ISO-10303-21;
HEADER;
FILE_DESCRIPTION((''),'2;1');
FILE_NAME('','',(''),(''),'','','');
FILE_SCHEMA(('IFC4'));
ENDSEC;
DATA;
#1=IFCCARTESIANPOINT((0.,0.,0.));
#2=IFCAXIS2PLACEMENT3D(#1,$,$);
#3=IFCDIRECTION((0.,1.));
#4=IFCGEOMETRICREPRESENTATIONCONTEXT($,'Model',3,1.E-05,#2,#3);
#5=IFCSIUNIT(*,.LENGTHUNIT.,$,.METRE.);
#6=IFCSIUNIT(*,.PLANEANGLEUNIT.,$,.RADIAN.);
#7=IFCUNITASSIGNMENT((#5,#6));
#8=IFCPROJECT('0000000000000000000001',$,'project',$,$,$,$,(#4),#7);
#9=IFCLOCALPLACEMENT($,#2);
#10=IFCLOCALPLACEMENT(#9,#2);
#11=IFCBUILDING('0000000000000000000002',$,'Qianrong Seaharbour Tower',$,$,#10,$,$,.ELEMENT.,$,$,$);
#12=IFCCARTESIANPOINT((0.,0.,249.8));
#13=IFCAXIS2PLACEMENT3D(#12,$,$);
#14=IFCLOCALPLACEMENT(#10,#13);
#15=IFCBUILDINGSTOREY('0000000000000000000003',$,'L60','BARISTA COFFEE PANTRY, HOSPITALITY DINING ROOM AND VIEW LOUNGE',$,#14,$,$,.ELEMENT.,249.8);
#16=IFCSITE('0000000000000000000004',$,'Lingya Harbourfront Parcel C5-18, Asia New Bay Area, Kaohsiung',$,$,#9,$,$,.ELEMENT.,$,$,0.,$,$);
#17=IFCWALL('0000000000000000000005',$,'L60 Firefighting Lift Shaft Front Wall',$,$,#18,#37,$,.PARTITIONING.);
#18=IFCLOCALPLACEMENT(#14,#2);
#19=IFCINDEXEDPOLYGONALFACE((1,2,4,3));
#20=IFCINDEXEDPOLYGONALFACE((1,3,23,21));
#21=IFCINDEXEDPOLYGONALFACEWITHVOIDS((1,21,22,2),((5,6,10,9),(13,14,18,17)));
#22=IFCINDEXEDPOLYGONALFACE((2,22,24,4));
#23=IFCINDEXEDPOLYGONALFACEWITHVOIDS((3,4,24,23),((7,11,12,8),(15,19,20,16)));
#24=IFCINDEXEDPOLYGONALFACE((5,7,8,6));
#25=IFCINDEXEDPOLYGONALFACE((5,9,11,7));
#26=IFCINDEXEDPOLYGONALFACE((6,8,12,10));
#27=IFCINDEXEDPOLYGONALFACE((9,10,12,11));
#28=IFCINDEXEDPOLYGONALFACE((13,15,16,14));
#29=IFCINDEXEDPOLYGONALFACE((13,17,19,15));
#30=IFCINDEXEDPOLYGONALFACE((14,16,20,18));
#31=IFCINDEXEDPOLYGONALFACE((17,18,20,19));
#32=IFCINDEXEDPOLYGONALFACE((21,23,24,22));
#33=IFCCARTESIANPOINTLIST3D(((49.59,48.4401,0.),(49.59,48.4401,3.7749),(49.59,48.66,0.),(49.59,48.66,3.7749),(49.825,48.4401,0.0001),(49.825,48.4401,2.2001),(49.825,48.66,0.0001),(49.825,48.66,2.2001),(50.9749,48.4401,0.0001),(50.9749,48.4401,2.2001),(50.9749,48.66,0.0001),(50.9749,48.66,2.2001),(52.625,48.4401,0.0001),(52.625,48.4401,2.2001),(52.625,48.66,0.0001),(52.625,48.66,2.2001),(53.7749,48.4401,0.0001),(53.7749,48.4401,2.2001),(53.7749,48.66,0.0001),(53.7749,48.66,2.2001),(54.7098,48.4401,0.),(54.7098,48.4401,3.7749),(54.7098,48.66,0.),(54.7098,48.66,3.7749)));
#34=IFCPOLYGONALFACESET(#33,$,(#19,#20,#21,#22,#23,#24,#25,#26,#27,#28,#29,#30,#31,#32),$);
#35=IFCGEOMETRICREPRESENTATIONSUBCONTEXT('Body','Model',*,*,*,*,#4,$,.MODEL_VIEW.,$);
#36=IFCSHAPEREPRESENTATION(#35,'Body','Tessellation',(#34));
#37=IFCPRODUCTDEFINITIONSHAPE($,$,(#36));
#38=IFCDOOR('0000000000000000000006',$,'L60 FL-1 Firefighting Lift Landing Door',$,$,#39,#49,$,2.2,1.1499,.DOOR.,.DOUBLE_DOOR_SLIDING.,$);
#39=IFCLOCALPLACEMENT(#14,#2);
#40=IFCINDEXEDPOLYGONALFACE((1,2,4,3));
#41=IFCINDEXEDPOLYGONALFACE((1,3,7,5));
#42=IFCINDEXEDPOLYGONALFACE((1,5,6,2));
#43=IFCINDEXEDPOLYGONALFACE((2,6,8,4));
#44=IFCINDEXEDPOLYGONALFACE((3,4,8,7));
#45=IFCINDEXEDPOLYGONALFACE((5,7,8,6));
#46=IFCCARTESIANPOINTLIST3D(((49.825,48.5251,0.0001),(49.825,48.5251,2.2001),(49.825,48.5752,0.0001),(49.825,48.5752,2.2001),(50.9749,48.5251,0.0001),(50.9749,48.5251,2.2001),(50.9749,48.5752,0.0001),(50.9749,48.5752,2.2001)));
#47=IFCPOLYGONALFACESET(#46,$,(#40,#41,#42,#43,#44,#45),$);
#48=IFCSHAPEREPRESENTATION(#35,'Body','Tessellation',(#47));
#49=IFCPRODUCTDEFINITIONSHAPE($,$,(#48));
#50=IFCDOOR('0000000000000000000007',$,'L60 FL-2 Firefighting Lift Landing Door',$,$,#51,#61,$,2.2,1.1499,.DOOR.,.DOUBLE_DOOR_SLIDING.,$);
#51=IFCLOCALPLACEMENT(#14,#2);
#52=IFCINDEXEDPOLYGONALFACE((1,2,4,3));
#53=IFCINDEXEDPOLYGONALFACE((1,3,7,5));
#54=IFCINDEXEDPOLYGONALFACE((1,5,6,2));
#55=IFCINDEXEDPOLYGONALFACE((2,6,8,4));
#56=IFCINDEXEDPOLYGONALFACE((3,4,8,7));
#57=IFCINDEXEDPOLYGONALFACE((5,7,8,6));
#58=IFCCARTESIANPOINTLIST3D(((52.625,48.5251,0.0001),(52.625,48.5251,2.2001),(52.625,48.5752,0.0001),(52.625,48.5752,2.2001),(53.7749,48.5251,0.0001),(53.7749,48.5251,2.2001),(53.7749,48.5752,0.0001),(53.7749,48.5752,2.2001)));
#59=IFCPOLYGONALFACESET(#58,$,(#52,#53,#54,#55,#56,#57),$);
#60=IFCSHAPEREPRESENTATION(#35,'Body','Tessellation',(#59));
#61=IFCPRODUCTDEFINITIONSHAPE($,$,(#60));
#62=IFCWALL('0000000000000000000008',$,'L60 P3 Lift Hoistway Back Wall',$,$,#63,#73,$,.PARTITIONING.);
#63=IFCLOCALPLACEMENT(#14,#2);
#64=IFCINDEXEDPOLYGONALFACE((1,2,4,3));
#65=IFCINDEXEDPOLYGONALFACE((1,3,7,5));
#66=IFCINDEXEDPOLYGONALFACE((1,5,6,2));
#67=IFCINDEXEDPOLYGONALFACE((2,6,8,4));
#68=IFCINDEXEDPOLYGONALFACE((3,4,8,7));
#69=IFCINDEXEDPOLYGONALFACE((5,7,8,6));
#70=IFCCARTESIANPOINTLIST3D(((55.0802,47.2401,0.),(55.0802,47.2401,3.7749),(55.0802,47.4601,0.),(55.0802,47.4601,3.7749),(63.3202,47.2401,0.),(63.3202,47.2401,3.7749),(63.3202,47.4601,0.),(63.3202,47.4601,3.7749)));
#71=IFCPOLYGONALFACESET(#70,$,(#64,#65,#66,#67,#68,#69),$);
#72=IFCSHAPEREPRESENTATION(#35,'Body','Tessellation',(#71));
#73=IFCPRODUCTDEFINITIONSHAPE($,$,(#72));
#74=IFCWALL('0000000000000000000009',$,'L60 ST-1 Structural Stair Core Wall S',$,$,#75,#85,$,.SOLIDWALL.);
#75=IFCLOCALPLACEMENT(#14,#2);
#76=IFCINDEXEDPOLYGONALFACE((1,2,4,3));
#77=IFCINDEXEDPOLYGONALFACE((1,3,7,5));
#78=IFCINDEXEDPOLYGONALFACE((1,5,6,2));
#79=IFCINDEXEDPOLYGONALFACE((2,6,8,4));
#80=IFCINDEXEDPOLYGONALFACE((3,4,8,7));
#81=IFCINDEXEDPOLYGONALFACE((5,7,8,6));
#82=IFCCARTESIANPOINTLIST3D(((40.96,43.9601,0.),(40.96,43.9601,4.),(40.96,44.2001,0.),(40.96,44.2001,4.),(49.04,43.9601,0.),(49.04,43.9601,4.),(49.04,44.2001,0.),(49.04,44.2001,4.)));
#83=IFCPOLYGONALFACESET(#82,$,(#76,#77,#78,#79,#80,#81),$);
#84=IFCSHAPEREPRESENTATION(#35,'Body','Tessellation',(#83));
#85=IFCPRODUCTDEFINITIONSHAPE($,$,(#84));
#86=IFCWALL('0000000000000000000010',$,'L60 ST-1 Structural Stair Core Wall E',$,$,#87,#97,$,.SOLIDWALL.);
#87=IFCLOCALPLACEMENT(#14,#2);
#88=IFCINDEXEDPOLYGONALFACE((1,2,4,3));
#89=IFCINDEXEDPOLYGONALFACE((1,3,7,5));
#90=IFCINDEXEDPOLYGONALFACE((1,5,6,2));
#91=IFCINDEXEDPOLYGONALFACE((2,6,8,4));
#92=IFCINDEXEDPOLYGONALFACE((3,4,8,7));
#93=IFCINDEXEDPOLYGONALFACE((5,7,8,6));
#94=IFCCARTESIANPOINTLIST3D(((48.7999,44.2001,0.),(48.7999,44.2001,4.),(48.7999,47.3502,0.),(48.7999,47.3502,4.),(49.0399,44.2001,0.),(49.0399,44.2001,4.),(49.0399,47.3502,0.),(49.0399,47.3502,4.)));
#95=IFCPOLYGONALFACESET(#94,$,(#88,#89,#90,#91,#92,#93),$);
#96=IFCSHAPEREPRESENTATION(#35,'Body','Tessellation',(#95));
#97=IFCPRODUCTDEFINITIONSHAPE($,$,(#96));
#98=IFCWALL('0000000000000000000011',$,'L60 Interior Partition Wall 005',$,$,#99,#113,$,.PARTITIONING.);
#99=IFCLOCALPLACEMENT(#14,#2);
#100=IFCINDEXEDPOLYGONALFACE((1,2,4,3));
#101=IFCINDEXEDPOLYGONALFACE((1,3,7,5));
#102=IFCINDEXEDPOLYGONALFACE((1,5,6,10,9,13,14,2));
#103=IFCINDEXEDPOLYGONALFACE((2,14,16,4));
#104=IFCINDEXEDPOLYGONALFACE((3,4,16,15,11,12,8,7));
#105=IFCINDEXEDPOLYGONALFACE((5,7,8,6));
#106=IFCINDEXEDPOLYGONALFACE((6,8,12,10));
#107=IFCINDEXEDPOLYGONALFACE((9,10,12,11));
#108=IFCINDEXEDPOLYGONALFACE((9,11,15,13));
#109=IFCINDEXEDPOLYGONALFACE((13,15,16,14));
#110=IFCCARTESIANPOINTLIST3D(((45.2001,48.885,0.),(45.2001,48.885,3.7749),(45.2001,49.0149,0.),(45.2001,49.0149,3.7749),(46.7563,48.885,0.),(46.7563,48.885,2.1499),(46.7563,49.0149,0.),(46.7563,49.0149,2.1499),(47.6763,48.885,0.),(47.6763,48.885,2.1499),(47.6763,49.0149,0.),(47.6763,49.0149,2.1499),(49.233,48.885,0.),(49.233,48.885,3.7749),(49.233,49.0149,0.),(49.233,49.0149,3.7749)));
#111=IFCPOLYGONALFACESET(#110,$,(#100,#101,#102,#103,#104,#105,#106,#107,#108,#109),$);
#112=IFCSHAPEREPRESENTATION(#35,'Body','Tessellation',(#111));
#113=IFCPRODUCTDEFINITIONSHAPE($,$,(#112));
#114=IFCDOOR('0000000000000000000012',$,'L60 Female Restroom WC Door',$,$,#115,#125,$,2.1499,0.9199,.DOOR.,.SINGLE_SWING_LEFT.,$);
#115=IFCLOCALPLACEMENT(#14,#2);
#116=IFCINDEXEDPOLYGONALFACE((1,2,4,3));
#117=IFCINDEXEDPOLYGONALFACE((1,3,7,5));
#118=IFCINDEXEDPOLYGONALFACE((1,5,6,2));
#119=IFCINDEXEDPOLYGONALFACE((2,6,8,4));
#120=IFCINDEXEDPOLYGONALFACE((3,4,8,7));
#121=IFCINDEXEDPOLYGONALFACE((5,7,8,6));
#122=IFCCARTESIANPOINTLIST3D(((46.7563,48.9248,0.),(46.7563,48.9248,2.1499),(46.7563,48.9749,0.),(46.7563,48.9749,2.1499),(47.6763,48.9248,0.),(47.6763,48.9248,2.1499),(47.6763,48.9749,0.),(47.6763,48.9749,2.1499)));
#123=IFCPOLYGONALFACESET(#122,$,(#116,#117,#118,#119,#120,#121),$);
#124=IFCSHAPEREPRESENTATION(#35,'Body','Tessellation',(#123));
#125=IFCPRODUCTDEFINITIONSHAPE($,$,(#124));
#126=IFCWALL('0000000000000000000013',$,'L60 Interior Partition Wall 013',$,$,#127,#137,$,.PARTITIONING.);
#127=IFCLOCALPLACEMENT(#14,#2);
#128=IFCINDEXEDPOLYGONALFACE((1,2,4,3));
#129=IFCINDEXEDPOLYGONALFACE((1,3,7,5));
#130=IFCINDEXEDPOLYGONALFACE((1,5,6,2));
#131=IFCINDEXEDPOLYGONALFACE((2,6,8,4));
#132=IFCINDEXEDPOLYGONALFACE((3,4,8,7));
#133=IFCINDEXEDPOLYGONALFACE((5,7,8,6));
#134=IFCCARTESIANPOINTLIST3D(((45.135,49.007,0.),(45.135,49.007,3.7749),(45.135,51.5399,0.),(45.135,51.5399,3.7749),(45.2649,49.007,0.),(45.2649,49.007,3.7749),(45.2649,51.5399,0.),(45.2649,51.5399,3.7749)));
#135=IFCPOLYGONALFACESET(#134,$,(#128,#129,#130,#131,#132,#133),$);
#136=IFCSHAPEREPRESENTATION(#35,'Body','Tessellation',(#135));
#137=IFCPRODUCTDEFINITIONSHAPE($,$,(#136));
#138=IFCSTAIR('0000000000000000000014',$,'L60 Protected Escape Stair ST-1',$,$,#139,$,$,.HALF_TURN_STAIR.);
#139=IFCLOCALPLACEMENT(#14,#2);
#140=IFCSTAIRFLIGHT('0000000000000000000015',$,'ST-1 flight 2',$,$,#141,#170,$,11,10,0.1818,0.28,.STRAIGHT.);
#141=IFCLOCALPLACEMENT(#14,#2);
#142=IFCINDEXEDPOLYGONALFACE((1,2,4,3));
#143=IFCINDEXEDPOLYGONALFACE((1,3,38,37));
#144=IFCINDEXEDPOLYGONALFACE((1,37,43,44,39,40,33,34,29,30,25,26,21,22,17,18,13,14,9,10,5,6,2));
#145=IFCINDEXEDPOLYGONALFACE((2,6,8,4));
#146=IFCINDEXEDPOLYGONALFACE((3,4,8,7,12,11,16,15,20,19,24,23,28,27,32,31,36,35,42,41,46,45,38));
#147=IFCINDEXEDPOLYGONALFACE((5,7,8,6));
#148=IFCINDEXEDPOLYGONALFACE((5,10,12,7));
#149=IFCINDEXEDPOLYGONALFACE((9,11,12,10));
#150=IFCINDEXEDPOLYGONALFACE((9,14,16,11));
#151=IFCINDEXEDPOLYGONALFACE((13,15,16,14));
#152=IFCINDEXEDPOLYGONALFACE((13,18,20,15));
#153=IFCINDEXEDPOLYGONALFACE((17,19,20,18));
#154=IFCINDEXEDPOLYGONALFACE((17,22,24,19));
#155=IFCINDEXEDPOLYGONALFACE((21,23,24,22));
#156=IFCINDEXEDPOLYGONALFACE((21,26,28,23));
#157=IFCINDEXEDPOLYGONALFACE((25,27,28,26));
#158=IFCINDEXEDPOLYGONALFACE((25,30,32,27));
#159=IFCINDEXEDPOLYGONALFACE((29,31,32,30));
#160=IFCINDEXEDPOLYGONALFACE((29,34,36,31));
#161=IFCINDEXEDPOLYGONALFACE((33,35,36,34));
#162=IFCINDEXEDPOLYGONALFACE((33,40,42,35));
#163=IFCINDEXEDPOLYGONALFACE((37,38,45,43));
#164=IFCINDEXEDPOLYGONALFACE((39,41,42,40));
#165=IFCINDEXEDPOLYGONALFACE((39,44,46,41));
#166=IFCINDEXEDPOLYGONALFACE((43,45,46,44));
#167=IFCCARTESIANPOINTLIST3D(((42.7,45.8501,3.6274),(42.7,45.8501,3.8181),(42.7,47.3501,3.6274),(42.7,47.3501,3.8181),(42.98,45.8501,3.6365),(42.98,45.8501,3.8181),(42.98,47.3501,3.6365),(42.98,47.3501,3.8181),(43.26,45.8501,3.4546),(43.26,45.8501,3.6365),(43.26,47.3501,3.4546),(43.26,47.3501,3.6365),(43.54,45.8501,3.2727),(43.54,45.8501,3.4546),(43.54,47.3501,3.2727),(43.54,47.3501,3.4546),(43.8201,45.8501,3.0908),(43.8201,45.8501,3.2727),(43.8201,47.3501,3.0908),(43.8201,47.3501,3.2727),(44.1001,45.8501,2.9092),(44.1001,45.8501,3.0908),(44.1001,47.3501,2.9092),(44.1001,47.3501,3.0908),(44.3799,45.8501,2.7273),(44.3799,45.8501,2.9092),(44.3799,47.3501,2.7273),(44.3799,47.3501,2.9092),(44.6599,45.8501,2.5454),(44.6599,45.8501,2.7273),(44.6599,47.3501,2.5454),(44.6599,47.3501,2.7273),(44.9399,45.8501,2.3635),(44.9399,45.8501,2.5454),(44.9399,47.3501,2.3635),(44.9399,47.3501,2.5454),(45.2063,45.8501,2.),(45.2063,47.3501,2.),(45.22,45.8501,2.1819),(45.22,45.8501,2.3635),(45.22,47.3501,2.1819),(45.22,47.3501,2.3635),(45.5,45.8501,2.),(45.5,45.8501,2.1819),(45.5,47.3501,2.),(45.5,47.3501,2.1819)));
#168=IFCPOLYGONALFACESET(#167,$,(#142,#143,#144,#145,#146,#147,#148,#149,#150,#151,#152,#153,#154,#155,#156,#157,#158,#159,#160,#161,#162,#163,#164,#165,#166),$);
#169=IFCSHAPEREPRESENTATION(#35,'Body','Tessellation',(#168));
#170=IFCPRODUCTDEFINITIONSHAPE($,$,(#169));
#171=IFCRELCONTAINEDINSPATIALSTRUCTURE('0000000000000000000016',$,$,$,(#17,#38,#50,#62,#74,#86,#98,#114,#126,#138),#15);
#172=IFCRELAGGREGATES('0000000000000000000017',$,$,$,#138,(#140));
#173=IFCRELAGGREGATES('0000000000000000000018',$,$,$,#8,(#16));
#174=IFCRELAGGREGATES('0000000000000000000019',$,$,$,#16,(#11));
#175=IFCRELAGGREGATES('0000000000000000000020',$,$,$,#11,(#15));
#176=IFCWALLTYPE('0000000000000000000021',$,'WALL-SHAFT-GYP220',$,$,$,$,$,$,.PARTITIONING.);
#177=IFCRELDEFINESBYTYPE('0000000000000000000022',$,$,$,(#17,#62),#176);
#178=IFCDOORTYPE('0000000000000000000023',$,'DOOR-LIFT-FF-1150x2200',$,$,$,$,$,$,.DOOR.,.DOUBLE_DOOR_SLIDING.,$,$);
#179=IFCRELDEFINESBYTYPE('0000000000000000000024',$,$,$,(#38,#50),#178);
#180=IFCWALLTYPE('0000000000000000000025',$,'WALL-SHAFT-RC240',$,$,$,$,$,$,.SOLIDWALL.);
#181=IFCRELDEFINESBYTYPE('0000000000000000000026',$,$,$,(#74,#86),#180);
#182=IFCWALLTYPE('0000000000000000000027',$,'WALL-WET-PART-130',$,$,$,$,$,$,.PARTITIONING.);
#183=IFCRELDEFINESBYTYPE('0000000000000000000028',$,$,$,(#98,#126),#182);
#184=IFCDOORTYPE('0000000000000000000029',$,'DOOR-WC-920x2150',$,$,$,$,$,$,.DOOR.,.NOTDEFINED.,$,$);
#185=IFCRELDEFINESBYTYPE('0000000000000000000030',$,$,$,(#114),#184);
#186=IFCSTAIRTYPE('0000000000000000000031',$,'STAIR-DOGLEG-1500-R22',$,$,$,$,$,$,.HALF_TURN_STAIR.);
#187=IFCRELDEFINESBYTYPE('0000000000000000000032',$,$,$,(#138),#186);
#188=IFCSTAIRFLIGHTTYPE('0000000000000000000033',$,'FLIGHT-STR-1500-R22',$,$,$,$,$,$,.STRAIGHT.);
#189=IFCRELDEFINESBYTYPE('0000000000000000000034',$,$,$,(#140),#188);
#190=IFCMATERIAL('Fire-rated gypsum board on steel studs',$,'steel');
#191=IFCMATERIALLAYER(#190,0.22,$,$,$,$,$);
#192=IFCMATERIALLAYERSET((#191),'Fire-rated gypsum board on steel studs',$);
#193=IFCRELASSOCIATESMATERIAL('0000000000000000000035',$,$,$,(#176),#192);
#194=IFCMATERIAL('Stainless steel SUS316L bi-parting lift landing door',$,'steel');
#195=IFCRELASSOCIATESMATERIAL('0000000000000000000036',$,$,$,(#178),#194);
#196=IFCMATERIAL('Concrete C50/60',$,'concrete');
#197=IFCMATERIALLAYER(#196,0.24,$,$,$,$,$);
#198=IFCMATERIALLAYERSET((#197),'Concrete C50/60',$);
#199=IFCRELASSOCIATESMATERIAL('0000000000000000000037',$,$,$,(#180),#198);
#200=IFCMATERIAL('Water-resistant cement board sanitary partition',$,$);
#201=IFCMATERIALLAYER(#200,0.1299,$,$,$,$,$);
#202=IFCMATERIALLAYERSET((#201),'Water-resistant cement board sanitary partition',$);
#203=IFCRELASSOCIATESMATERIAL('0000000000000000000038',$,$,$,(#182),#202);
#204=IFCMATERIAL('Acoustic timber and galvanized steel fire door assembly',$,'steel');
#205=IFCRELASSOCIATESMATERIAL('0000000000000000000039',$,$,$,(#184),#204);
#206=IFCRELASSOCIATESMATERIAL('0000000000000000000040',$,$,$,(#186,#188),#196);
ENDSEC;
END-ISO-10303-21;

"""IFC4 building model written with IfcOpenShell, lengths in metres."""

from ifc_helpers import new_model, si_unit, direction, frame, frame_2d, origin, place, context, subcontext, project, spatial, polyline, rectangle, outline, extrude, material, layer, layer_set, type_object, element, fill, aggregate, save


model = new_model("IFC4")

# Units and contexts
model_context = context("Model", 3, precision=1e-05, world=origin(), true_north=direction((0.0, 1.0)))
body_context = subcontext(model_context, "Body", "Model", "MODEL_VIEW")
ifc_project = project(units=[si_unit("LENGTHUNIT", "METRE"), si_unit("PLANEANGLEUNIT", "RADIAN")], contexts=[model_context])

# Site, building, storey
site_placement = place(None, origin())
site = spatial("IfcSite", under=ifc_project, at=site_placement, Name="Lingya Harbourfront Parcel C5-18, Asia New Bay Area, Kaohsiung", CompositionType="ELEMENT", RefElevation=0.0)
building_placement = place(site_placement, origin())
building = spatial("IfcBuilding", under=site, at=building_placement, Name="Qianrong Seaharbour Tower", CompositionType="ELEMENT")
storey_placement = place(building_placement, frame((0.0, 0.0, 249.8)))
storey = spatial("IfcBuildingStorey", under=building, at=storey_placement, Name="L60", Description="BARISTA COFFEE PANTRY, HOSPITALITY DINING ROOM AND VIEW LOUNGE", CompositionType="ELEMENT", Elevation=249.8)

# Shared definitions
ifc_material_1 = material(Name="Concrete C50/60", Category="concrete")

# Shared definitions
ifc_material_2 = material(Name="Acoustic timber and galvanized steel fire door assembly", Category="steel")

# Shared definitions
ifc_material_3 = material(Name="Fire-rated gypsum board on steel studs", Category="steel")

# Wall, openings, doors
ifc_layer_1 = layer(ifc_material_3, 0.22)
ifc_layer_set_1 = layer_set([ifc_layer_1], Name="Fire-rated gypsum board on steel studs")
wall_type_1 = type_object("IfcWallType", Name="WALL-SHAFT-GYP220", PredefinedType="PARTITIONING", material=ifc_layer_set_1)
wall_1_placement = place(storey_placement, frame((54.71, 48.55, 0.0), z_axis=(0.0, 0.0, 1.0), x_axis=(-1.0, 0.0, 0.0)))
wall_1 = element("IfcWall", 1, at=wall_1_placement, inside=storey, type_object=wall_type_1, Name="L60 Firefighting Lift Shaft Front Wall", PredefinedType="PARTITIONING", context=body_context, shape_type="SweptSolid", body=[
    extrude(rectangle(XDim=5.1199, YDim=0.22, at=frame_2d((2.5601, 0.0))), origin(), (0.0, 0.0, 1.0), 3.7749),
])
opening_1_placement = place(wall_1_placement, frame((3.7351, 0.0, 0.0)))
opening_1 = element("IfcOpeningElement", 2, at=opening_1_placement, cuts=wall_1, PredefinedType="OPENING", context=body_context, shape_type="SweptSolid", body=[
    extrude(rectangle(XDim=1.1499, YDim=2.2, at=frame_2d((0.575, 1.1001))), frame((0.0, 0.1201, 0.0), z_axis=(0.0, -1.0, 0.0), x_axis=(1.0, 0.0, 0.0)), (0.0, 0.0, 1.0), 0.24),
])
opening_2_placement = place(wall_1_placement, frame((0.9351, 0.0, 0.0)))
opening_2 = element("IfcOpeningElement", 3, at=opening_2_placement, cuts=wall_1, PredefinedType="OPENING", context=body_context, shape_type="SweptSolid", body=[
    extrude(rectangle(XDim=1.1499, YDim=2.2, at=frame_2d((0.575, 1.1001))), frame((0.0, 0.1201, 0.0), z_axis=(0.0, -1.0, 0.0), x_axis=(1.0, 0.0, 0.0)), (0.0, 0.0, 1.0), 0.24),
])
ifc_material_4 = material(Name="Stainless steel SUS316L bi-parting lift landing door", Category="steel")
door_type_1 = type_object("IfcDoorType", Name="DOOR-LIFT-FF-1150x2200", OperationType="DOUBLE_DOOR_SLIDING", PredefinedType="DOOR", material=ifc_material_4)
door_1_placement = place(opening_1_placement, origin())
door_1 = element("IfcDoor", 4, at=door_1_placement, inside=storey, type_object=door_type_1, Name="L60 FL-1 Firefighting Lift Landing Door", OperationType="DOUBLE_DOOR_SLIDING", OverallHeight=2.2, OverallWidth=1.1499, PredefinedType="DOOR", context=body_context, shape_type="SweptSolid", body=[
    extrude(rectangle(XDim=1.1499, YDim=2.2, at=frame_2d((0.575, 1.1001))), frame((0.0, 0.0249, 0.0), z_axis=(0.0, -1.0, 0.0), x_axis=(1.0, 0.0, 0.0)), (0.0, 0.0, 1.0), 0.05),
])
fill(opening_1, door_1)
door_2_placement = place(opening_2_placement, origin())
door_2 = element("IfcDoor", 5, at=door_2_placement, inside=storey, type_object=door_type_1, Name="L60 FL-2 Firefighting Lift Landing Door", OperationType="DOUBLE_DOOR_SLIDING", OverallHeight=2.2, OverallWidth=1.1499, PredefinedType="DOOR", context=body_context, shape_type="SweptSolid", body=[
    extrude(rectangle(XDim=1.1499, YDim=2.2, at=frame_2d((0.575, 1.1001))), frame((0.0, 0.0249, 0.0), z_axis=(0.0, -1.0, 0.0), x_axis=(1.0, 0.0, 0.0)), (0.0, 0.0, 1.0), 0.05),
])
fill(opening_2, door_2)

# Walls
wall_2_placement = place(storey_placement, frame((55.0801, 47.3501, 0.0), z_axis=(0.0, 0.0, 1.0), x_axis=(1.0, 0.0, 0.0)))
element("IfcWall", 6, at=wall_2_placement, inside=storey, type_object=wall_type_1, Name="L60 P3 Lift Hoistway Back Wall", PredefinedType="PARTITIONING", context=body_context, shape_type="SweptSolid", body=[
    extrude(rectangle(XDim=8.24, YDim=0.22, at=frame_2d((4.1201, 0.0))), origin(), (0.0, 0.0, 1.0), 3.7749),
])
ifc_layer_2 = layer(ifc_material_1, 0.24)
ifc_layer_set_2 = layer_set([ifc_layer_2], Name="Concrete C50/60")
wall_type_2 = type_object("IfcWallType", Name="WALL-SHAFT-RC240", PredefinedType="SOLIDWALL", material=ifc_layer_set_2)
wall_3_placement = place(storey_placement, frame((49.04, 44.0801, 0.0), z_axis=(0.0, 0.0, 1.0), x_axis=(-1.0, 0.0, 0.0)))
element("IfcWall", 7, at=wall_3_placement, inside=storey, type_object=wall_type_2, Name="L60 ST-1 Structural Stair Core Wall S", PredefinedType="SOLIDWALL", context=body_context, shape_type="SweptSolid", body=[
    extrude(rectangle(XDim=8.0801, YDim=0.24, at=frame_2d((4.04, 0.0))), origin(), (0.0, 0.0, 1.0), 4.0),
])
wall_4_placement = place(storey_placement, frame((48.9199, 44.2, 0.0), z_axis=(0.0, 0.0, 1.0), x_axis=(0.0, 1.0, 0.0)))
element("IfcWall", 8, at=wall_4_placement, inside=storey, type_object=wall_type_2, Name="L60 ST-1 Structural Stair Core Wall E", PredefinedType="SOLIDWALL", context=body_context, shape_type="SweptSolid", body=[
    extrude(rectangle(XDim=3.1501, YDim=0.24, at=frame_2d((1.5752, 0.0))), origin(), (0.0, 0.0, 1.0), 4.0),
])

# Wall, opening, door
ifc_material_5 = material(Name="Water-resistant cement board sanitary partition")
ifc_layer_3 = layer(ifc_material_5, 0.1299)
ifc_layer_set_3 = layer_set([ifc_layer_3], Name="Water-resistant cement board sanitary partition")
wall_type_3 = type_object("IfcWallType", Name="WALL-WET-PART-130", PredefinedType="PARTITIONING", material=ifc_layer_set_3)
wall_5_placement = place(storey_placement, frame((45.2, 48.95, 0.0), z_axis=(0.0, 0.0, 1.0), x_axis=(1.0, 0.0, 0.0)))
wall_5 = element("IfcWall", 9, at=wall_5_placement, inside=storey, type_object=wall_type_3, Name="L60 Interior Partition Wall 005", PredefinedType="PARTITIONING", context=body_context, shape_type="SweptSolid", body=[
    extrude(rectangle(XDim=4.033, YDim=0.1299, at=frame_2d((2.0166, 0.0))), origin(), (0.0, 0.0, 1.0), 3.7749),
])
opening_3_placement = place(wall_5_placement, frame((1.5564, 0.0, 0.0)))
opening_3 = element("IfcOpeningElement", 10, at=opening_3_placement, cuts=wall_5, PredefinedType="OPENING", context=body_context, shape_type="SweptSolid", body=[
    extrude(rectangle(XDim=0.9199, YDim=2.1499, at=frame_2d((0.46, 1.075))), frame((0.0, 0.075, 0.0), z_axis=(0.0, -1.0, 0.0), x_axis=(1.0, 0.0, 0.0)), (0.0, 0.0, 1.0), 0.1499),
])
door_type_2 = type_object("IfcDoorType", Name="DOOR-WC-920x2150", OperationType="NOTDEFINED", PredefinedType="DOOR", material=ifc_material_2)
door_3_placement = place(opening_3_placement, origin())
door_3 = element("IfcDoor", 11, at=door_3_placement, inside=storey, type_object=door_type_2, Name="L60 Female Restroom WC Door", OperationType="SINGLE_SWING_LEFT", OverallHeight=2.1499, OverallWidth=0.9199, PredefinedType="DOOR", context=body_context, shape_type="SweptSolid", body=[
    extrude(rectangle(XDim=0.9199, YDim=2.1499, at=frame_2d((0.46, 1.075))), frame((0.0, 0.0249, 0.0), z_axis=(0.0, -1.0, 0.0), x_axis=(1.0, 0.0, 0.0)), (0.0, 0.0, 1.0), 0.05),
])
fill(opening_3, door_3)

# Wall
wall_6_placement = place(storey_placement, frame((45.2, 51.54, 0.0), z_axis=(0.0, 0.0, 1.0), x_axis=(0.0, -1.0, 0.0)))
element("IfcWall", 12, at=wall_6_placement, inside=storey, type_object=wall_type_3, Name="L60 Interior Partition Wall 013", PredefinedType="PARTITIONING", context=body_context, shape_type="SweptSolid", body=[
    extrude(rectangle(XDim=2.533, YDim=0.1299, at=frame_2d((1.2666, 0.0))), origin(), (0.0, 0.0, 1.0), 3.7749),
])

# Stair, stair flight
stair_type = type_object("IfcStairType", Name="STAIR-DOGLEG-1500-R22", PredefinedType="HALF_TURN_STAIR", material=ifc_material_1)
stair_placement = place(storey_placement, origin())
stair = element("IfcStair", 13, at=stair_placement, inside=storey, type_object=stair_type, Name="L60 Protected Escape Stair ST-1", PredefinedType="HALF_TURN_STAIR")
stair_flight_type = type_object("IfcStairFlightType", Name="FLIGHT-STR-1500-R22", PredefinedType="STRAIGHT", material=ifc_material_1)
stair_flight_placement = place(storey_placement, frame((45.5, 46.6001, 2.0), z_axis=(0.0, 0.0, 1.0), x_axis=(-1.0, 0.0, 0.0)))
stair_flight = element("IfcStairFlight", 14, at=stair_flight_placement, type_object=stair_flight_type, Name="ST-1 flight 2", NumberOfRisers=11, NumberOfTreads=10, PredefinedType="STRAIGHT", RiserHeight=0.1818, TreadLength=0.28, context=body_context, shape_type="SweptSolid", body=[
    extrude(outline(polyline([(0.0, 0.0), (0.0, 0.1819), (0.28, 0.1819), (0.28, 0.3635), (0.5601, 0.3635), (0.5601, 0.5454), (0.8401, 0.5454), (0.8401, 0.7273), (1.1201, 0.7273), (1.1201, 0.9092), (1.3999, 0.9092), (1.3999, 1.0908), (1.6799, 1.0908), (1.6799, 1.2727), (1.96, 1.2727), (1.96, 1.4546), (2.24, 1.4546), (2.24, 1.6365), (2.52, 1.6365), (2.52, 1.8181), (2.8, 1.8181), (2.8, 2.0), (2.8, 1.6274), (0.2937, 0.0), (0.0, 0.0)])), frame((0.0, 0.75, 0.0), z_axis=(0.0, -1.0, 0.0), x_axis=(1.0, 0.0, 0.0)), (0.0, 0.0, 1.0), 1.5),
])
aggregate(stair, [stair_flight])

save(model, "model.ifc")
